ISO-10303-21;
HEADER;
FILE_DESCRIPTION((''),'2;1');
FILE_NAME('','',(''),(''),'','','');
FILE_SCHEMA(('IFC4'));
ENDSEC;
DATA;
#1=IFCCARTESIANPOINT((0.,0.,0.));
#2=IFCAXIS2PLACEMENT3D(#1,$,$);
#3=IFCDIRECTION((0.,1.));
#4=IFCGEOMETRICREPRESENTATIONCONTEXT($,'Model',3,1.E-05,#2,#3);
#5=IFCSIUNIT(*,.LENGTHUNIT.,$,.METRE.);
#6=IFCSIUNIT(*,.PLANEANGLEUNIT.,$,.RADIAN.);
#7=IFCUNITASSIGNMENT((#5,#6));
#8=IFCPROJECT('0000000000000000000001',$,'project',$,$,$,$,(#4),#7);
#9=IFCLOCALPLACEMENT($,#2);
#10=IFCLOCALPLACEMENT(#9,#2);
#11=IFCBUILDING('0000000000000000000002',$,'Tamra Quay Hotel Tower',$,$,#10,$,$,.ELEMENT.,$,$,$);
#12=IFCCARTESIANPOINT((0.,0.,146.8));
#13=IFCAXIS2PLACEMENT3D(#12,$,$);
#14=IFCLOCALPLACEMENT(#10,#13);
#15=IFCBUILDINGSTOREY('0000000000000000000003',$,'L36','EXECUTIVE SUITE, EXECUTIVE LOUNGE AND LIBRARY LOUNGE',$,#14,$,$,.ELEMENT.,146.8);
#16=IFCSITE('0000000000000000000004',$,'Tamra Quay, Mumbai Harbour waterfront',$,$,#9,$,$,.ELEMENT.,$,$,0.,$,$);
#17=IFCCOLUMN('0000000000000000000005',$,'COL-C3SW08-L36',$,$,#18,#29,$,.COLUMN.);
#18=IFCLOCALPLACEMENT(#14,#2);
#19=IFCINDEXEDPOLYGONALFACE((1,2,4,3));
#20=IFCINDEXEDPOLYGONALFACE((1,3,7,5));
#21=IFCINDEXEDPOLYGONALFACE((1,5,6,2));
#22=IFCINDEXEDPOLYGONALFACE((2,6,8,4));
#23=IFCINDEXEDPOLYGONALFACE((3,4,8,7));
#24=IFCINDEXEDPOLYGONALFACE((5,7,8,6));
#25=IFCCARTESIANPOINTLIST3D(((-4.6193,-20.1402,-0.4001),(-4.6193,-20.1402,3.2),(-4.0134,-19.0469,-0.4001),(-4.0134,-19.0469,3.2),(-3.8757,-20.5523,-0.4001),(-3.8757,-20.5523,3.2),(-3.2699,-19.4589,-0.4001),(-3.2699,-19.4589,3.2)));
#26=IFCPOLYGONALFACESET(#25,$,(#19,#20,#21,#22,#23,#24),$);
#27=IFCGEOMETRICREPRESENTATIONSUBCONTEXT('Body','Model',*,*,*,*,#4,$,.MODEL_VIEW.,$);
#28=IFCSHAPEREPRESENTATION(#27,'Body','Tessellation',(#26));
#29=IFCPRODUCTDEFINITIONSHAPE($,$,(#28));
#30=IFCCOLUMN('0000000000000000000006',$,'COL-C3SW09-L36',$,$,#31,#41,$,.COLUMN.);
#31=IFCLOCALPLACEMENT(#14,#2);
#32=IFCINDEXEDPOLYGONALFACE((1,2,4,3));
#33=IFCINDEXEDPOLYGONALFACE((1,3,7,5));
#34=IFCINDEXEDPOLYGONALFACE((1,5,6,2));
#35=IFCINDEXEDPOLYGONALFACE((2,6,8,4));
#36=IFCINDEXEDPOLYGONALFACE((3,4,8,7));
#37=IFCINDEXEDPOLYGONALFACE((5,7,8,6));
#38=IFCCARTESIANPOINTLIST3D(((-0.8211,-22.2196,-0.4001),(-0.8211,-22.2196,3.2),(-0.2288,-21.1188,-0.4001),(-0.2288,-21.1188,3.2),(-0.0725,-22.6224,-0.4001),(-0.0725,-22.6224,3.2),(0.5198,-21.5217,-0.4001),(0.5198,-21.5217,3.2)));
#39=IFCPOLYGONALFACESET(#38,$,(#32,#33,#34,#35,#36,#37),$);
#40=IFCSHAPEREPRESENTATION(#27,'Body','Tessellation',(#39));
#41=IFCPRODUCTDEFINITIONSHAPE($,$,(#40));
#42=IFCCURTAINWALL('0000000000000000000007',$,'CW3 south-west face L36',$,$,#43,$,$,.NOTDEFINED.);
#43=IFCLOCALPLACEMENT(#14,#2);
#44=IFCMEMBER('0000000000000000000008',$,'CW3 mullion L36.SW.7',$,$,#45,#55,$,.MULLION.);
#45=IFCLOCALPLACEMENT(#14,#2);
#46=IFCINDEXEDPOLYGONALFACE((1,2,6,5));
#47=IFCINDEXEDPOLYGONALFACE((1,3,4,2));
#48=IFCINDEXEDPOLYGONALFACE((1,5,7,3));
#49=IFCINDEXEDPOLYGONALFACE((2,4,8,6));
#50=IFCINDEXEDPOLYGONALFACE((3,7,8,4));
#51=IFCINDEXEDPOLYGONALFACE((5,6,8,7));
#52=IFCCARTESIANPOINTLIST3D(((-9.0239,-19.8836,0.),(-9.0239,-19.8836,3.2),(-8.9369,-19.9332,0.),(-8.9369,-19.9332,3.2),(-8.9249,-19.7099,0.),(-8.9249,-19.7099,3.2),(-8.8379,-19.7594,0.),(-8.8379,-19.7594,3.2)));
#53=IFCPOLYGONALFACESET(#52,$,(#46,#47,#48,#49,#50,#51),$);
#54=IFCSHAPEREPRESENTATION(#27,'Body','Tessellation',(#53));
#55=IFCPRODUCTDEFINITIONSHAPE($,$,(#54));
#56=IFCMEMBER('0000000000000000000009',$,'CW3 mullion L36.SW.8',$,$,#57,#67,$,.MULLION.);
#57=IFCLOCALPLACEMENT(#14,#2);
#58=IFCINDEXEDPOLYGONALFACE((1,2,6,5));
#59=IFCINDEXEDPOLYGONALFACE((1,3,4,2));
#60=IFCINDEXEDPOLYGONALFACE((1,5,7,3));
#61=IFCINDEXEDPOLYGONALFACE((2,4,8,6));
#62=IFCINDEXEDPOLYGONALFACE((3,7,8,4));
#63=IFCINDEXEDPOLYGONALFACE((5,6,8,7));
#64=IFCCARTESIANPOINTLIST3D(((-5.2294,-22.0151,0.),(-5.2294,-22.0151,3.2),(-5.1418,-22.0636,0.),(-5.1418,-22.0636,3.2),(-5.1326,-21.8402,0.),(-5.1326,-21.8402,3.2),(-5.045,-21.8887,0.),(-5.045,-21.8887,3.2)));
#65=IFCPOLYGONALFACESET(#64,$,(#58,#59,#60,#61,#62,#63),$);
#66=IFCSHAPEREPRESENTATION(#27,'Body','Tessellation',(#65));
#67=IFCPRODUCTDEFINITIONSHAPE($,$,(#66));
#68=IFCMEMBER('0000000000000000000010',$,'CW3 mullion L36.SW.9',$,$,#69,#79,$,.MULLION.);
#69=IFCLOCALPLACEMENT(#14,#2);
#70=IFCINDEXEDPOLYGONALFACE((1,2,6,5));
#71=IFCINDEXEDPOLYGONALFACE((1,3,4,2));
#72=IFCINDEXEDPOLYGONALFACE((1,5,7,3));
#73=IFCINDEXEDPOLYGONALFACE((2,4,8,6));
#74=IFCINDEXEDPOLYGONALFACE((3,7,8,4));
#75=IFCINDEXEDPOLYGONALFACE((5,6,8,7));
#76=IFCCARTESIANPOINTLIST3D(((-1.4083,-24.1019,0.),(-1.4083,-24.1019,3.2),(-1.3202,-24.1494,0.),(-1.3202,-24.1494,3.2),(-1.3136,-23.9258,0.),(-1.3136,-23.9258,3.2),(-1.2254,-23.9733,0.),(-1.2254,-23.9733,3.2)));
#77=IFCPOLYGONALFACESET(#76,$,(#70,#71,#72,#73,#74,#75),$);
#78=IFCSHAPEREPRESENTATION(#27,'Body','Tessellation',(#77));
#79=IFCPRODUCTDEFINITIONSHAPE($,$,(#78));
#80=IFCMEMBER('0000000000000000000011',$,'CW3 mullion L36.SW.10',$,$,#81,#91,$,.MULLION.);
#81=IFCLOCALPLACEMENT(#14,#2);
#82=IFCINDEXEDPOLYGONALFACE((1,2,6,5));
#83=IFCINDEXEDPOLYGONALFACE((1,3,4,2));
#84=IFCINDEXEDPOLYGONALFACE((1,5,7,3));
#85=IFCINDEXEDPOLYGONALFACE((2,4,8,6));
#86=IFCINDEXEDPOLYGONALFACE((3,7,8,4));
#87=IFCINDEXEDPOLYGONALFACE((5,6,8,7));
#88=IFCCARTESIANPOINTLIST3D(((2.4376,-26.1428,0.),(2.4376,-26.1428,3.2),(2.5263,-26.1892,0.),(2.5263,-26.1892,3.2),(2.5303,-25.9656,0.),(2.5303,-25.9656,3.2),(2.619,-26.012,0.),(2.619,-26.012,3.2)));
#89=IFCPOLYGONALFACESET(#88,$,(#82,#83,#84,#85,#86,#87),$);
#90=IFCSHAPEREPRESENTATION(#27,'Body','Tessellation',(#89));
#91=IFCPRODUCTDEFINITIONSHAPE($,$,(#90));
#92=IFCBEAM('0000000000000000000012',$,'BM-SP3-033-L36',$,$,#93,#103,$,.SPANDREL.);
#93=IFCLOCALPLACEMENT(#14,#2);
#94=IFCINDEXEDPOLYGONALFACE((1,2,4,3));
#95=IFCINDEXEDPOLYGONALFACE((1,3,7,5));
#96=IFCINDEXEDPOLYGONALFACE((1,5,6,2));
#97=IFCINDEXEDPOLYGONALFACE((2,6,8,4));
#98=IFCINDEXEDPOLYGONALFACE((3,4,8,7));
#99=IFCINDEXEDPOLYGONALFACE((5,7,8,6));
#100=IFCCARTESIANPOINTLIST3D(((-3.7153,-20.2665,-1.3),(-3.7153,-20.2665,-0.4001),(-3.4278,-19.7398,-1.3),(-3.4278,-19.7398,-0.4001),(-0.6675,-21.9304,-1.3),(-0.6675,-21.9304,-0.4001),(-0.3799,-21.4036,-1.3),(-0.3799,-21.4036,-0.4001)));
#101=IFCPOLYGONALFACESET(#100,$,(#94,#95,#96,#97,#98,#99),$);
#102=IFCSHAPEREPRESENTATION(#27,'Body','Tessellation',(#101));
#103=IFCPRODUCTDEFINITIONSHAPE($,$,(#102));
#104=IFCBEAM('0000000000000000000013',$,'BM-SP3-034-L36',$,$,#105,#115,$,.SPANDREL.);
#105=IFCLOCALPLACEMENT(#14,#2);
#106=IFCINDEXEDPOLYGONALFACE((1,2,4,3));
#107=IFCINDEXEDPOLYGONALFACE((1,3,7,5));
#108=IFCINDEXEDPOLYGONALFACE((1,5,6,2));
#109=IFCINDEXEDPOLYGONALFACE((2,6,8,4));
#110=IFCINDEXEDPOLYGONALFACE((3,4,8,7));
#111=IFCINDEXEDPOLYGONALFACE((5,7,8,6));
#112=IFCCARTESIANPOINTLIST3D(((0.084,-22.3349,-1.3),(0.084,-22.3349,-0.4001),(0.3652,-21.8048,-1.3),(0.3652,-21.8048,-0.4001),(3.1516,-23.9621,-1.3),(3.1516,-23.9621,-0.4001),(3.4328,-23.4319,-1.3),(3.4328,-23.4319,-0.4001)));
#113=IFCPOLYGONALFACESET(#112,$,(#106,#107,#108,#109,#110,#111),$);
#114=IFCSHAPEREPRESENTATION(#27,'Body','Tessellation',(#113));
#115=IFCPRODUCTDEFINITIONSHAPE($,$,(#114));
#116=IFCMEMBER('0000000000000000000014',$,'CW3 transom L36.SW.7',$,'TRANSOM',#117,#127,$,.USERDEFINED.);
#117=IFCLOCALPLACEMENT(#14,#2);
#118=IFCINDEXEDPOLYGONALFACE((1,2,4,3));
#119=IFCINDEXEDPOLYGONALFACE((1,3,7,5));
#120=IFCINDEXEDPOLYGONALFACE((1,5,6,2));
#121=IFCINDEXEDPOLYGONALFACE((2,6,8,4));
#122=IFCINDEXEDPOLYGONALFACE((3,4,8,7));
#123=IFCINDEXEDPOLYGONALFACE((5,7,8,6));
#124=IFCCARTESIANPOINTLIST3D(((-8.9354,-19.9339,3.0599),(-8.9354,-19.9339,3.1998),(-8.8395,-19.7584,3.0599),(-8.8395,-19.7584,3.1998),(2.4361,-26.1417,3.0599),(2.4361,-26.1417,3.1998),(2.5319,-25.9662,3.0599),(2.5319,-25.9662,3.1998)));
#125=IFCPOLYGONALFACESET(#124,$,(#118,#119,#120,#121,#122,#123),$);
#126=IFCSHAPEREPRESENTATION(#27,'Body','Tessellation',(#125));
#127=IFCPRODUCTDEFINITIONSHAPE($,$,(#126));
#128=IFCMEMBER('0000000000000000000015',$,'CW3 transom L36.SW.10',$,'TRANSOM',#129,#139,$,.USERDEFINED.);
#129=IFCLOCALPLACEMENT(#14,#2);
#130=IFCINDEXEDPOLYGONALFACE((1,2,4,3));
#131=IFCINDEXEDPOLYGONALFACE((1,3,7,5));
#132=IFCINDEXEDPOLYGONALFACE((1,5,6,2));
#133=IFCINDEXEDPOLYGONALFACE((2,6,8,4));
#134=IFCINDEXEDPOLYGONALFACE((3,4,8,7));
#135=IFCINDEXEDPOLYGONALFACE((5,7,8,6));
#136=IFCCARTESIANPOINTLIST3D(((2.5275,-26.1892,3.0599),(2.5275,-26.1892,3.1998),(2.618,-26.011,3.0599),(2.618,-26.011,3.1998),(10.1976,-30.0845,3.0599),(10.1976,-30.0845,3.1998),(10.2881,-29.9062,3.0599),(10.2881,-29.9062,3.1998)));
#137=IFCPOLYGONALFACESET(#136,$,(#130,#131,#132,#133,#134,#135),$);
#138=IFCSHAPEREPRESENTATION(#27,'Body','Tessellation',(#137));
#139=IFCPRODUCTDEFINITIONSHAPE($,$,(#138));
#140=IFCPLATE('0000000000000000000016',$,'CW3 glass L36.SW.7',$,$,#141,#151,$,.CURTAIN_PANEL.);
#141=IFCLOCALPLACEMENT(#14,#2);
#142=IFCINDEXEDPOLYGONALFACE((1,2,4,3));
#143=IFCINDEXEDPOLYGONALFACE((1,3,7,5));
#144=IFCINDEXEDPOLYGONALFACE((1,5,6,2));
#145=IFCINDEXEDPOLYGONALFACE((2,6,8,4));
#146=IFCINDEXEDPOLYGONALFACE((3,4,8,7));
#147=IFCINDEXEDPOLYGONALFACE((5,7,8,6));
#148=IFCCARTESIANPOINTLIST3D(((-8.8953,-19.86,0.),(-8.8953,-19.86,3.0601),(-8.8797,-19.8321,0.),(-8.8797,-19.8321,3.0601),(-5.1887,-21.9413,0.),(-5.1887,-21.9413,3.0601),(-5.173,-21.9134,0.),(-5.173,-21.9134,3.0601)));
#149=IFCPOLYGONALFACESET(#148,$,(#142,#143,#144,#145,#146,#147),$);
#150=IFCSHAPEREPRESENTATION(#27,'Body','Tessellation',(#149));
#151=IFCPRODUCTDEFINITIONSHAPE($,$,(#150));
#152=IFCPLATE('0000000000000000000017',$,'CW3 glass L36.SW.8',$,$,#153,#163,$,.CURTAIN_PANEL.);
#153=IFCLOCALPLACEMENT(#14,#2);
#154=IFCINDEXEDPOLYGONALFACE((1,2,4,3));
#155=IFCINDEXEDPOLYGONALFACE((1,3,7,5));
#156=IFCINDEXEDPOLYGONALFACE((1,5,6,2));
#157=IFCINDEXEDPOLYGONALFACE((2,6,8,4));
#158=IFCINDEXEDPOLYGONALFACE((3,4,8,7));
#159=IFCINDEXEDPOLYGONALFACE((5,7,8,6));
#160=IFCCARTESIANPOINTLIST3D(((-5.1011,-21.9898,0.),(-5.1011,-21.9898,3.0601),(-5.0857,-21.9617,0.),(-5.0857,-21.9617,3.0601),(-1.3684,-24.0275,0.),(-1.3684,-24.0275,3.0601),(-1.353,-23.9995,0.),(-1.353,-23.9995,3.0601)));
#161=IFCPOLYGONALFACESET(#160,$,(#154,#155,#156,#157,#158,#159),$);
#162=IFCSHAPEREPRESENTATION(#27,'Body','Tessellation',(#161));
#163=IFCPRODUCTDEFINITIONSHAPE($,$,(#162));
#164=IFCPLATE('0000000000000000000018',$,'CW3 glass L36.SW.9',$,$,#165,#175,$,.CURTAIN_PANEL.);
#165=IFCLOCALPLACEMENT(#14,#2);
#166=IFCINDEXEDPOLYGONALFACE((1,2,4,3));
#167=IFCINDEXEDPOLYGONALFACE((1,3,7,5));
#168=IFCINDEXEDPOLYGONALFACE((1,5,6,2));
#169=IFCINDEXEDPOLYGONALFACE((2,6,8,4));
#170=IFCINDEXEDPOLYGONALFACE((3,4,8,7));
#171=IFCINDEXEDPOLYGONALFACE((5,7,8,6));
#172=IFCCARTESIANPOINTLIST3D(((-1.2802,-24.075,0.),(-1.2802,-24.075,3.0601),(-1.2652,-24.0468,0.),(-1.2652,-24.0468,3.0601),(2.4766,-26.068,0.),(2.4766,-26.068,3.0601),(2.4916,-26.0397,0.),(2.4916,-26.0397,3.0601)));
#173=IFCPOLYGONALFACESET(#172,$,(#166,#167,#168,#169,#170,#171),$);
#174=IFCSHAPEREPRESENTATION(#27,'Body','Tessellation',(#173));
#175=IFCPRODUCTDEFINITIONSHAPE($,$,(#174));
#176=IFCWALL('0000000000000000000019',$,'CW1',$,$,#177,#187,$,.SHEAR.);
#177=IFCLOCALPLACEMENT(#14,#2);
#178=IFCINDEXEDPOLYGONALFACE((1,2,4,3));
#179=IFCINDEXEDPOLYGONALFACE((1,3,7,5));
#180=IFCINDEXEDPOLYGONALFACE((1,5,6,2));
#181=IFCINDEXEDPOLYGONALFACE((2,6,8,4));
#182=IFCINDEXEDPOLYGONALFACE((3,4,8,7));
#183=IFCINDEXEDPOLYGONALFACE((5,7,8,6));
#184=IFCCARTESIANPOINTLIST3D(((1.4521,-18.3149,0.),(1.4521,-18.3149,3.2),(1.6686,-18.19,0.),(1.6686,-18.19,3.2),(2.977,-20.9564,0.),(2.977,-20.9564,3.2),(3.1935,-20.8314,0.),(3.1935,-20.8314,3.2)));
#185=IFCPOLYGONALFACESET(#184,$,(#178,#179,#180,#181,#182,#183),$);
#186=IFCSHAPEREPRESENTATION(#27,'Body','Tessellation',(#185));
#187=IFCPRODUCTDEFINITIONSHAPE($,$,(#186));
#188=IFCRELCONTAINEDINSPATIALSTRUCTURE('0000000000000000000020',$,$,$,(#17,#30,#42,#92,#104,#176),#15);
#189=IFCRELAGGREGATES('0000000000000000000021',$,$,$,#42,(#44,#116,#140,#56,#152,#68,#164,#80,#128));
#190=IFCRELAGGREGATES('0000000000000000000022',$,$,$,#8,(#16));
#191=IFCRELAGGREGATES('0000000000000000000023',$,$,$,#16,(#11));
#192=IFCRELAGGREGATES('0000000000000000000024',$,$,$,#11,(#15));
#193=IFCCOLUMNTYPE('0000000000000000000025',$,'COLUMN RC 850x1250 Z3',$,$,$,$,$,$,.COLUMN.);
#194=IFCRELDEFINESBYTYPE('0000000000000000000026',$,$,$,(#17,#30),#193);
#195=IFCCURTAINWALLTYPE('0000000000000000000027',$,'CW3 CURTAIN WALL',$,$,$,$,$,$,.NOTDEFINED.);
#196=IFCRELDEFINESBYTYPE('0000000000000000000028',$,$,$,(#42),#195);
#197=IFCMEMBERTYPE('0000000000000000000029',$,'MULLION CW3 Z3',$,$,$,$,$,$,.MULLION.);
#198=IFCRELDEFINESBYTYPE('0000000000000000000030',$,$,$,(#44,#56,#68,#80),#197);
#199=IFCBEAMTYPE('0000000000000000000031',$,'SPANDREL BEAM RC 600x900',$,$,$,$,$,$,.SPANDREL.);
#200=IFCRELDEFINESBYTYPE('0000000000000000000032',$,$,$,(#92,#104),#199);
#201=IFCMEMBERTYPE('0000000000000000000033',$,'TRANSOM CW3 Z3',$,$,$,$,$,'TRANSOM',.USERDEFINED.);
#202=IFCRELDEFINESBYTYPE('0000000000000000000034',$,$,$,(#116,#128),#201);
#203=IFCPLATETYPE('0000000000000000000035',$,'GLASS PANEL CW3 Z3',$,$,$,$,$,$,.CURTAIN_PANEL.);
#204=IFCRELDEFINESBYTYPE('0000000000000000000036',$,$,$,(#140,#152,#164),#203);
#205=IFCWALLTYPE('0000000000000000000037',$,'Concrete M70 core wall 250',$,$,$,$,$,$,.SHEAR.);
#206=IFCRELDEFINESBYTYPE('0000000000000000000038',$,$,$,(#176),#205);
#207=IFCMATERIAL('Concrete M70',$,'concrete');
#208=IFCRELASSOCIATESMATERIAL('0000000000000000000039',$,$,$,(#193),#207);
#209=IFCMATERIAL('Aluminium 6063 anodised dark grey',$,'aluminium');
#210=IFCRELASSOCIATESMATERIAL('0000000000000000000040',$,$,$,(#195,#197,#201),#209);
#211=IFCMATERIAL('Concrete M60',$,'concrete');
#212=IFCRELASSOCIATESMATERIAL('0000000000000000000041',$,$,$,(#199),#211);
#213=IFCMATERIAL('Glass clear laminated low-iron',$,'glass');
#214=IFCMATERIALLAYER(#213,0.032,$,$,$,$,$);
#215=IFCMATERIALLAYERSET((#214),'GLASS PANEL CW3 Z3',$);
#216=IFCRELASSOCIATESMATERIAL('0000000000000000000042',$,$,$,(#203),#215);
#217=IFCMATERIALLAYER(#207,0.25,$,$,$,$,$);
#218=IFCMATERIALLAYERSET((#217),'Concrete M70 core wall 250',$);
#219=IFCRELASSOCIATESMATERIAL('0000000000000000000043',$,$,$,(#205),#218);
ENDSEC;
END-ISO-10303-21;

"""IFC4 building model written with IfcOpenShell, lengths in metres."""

from ifc_helpers import new_model, si_unit, direction, frame, frame_2d, origin, origin_2d, place, context, subcontext, project, spatial, rectangle, extrude, material, layer, layer_set, material_profile, profile_set, type_object, element, aggregate, save


model = new_model("IFC4")

# Units and contexts
model_context = context("Model", 3, precision=1e-05, world=origin(), true_north=direction((0.0, 1.0)))
body_context = subcontext(model_context, "Body", "Model", "MODEL_VIEW")
ifc_project = project(units=[si_unit("LENGTHUNIT", "METRE"), si_unit("PLANEANGLEUNIT", "RADIAN")], contexts=[model_context])

# Site, building, storey
site_placement = place(None, origin())
site = spatial("IfcSite", under=ifc_project, at=site_placement, Name="Tamra Quay, Mumbai Harbour waterfront", CompositionType="ELEMENT", RefElevation=0.0)
building_placement = place(site_placement, origin())
building = spatial("IfcBuilding", under=site, at=building_placement, Name="Tamra Quay Hotel Tower", CompositionType="ELEMENT")
storey_placement = place(building_placement, frame((0.0, 0.0, 146.8)))
storey = spatial("IfcBuildingStorey", under=building, at=storey_placement, Name="L36", Description="EXECUTIVE SUITE, EXECUTIVE LOUNGE AND LIBRARY LOUNGE", CompositionType="ELEMENT", Elevation=146.8)

# Columns
ifc_material_1 = material(Name="Concrete M70", Category="concrete")
ifc_material_profile_1 = material_profile(ifc_material_1, rectangle(XDim=1.25, YDim=0.8501, at=origin_2d()), Name="COLUMN RC 850x1250 Z3")
ifc_profile_set_1 = profile_set([ifc_material_profile_1], Name="Concrete M70")
column_type = type_object("IfcColumnType", Name="COLUMN RC 850x1250 Z3", PredefinedType="COLUMN", material=ifc_profile_set_1)
for number, where, z_axis, x_axis, name in (
    (1, (-3.9446, -19.7996, -0.4001), (0.0, 0.0, 1.0), (0.484683, 0.87469, 0.0), "COL-C3SW08-L36"),
    (2, (-0.1506, -21.8706, -0.4001), (0.0, 0.0, 1.0), (0.473876, 0.880592, 0.0), "COL-C3SW09-L36"),
):
    element("IfcColumn", number, at=place(storey_placement, frame(where, z_axis=z_axis, x_axis=x_axis)), inside=storey, type_object=column_type, Name=name, PredefinedType="COLUMN", context=body_context, shape_type="SweptSolid", body=[
        extrude(rectangle(XDim=1.25, YDim=0.8501, at=origin_2d()), origin(), (0.0, 0.0, 1.0), 3.6001),
    ])

# Curtain wall, members
ifc_material_2 = material(Name="Aluminium 6063 anodised dark grey", Category="aluminium")
curtain_wall_type = type_object("IfcCurtainWallType", Name="CW3 CURTAIN WALL", PredefinedType="NOTDEFINED", material=ifc_material_2)
curtain_wall_placement = place(storey_placement, origin())
curtain_wall = element("IfcCurtainWall", 3, at=curtain_wall_placement, inside=storey, type_object=curtain_wall_type, Name="CW3 south-west face L36", PredefinedType="NOTDEFINED")
ifc_material_profile_2 = material_profile(ifc_material_2, rectangle(XDim=0.2, YDim=0.1001, at=origin_2d()), Name="MULLION 100X200")
ifc_profile_set_2 = profile_set([ifc_material_profile_2], Name="Aluminium 6063 anodised dark grey")
member_type_1 = type_object("IfcMemberType", Name="MULLION CW3 Z3", PredefinedType="MULLION", material=ifc_profile_set_2)
member_1_placement = place(storey_placement, frame((-8.9309, -19.8215, 0.0), z_axis=(0.0, 0.0, 1.0), x_axis=(-0.494813, -0.868999, 0.0)))
member_1 = element("IfcMember", 4, at=member_1_placement, type_object=member_type_1, Name="CW3 mullion L36.SW.7", PredefinedType="MULLION", context=body_context, shape_type="SweptSolid", body=[
    extrude(rectangle(XDim=0.2, YDim=0.1001, at=origin_2d()), origin(), (0.0, 0.0, 1.0), 3.2),
])
member_2_placement = place(storey_placement, frame((-5.1372, -21.9519, 0.0), z_axis=(0.0, 0.0, 1.0), x_axis=(-0.484395, -0.87485, 0.0)))
member_2 = element("IfcMember", 5, at=member_2_placement, type_object=member_type_1, Name="CW3 mullion L36.SW.8", PredefinedType="MULLION", context=body_context, shape_type="SweptSolid", body=[
    extrude(rectangle(XDim=0.2, YDim=0.1001, at=origin_2d()), origin(), (0.0, 0.0, 1.0), 3.2),
])
member_3_placement = place(storey_placement, frame((-1.3169, -24.0376, 0.0), z_axis=(0.0, 0.0, 1.0), x_axis=(-0.473908, -0.880575, 0.0)))
member_3 = element("IfcMember", 6, at=member_3_placement, type_object=member_type_1, Name="CW3 mullion L36.SW.9", PredefinedType="MULLION", context=body_context, shape_type="SweptSolid", body=[
    extrude(rectangle(XDim=0.2, YDim=0.1001, at=origin_2d()), origin(), (0.0, 0.0, 1.0), 3.2),
])
member_4_placement = place(storey_placement, frame((2.5283, -26.0774, 0.0), z_axis=(0.0, 0.0, 1.0), x_axis=(-0.463366, -0.886167, 0.0)))
member_4 = element("IfcMember", 7, at=member_4_placement, type_object=member_type_1, Name="CW3 mullion L36.SW.10", PredefinedType="MULLION", context=body_context, shape_type="SweptSolid", body=[
    extrude(rectangle(XDim=0.2, YDim=0.1001, at=origin_2d()), origin(), (0.0, 0.0, 1.0), 3.2),
])

# Beams
ifc_material_3 = material(Name="Concrete M60", Category="concrete")
ifc_material_profile_3 = material_profile(ifc_material_3, rectangle(XDim=0.6001, YDim=0.8999, at=origin_2d()), Name="SPANDREL BEAM RC 600x900")
ifc_profile_set_3 = profile_set([ifc_material_profile_3], Name="Concrete M60")
beam_type = type_object("IfcBeamType", Name="SPANDREL BEAM RC 600x900", PredefinedType="SPANDREL", material=ifc_profile_set_3)
for number, where, z_axis, x_axis, name in (
    (8, (-3.5715, -20.0032, -0.8501), (0.877732, -0.479153, 0.0), (0.479153, 0.877732, 0.0), "BM-SP3-033-L36"),
    (9, (0.2246, -22.0698, -0.8501), (0.883411, -0.468598, 0.0), (0.468598, 0.883411, 0.0), "BM-SP3-034-L36"),
):
    element("IfcBeam", number, at=place(storey_placement, frame(where, z_axis=z_axis, x_axis=x_axis)), inside=storey, type_object=beam_type, Name=name, PredefinedType="SPANDREL", context=body_context, shape_type="SweptSolid", body=[
        extrude(rectangle(XDim=0.6001, YDim=0.8999, at=origin_2d()), origin(), (0.0, 0.0, 1.0), 3.4724),
    ])

# Members
ifc_material_profile_4 = material_profile(ifc_material_2, rectangle(XDim=0.2, YDim=0.1399, at=origin_2d()), Name="TRANSOM 200X140")
ifc_profile_set_4 = profile_set([ifc_material_profile_4], Name="Aluminium 6063 anodised dark grey")
member_type_2 = type_object("IfcMemberType", Name="TRANSOM CW3 Z3", ElementType="TRANSOM", PredefinedType="USERDEFINED", material=ifc_profile_set_4)
member_5_placement = place(storey_placement, frame((-8.8875, -19.8462, 3.1299), z_axis=(0.877731, -0.479154, 0.0), x_axis=(0.479154, 0.877731, 0.0)))
member_5 = element("IfcMember", 10, at=member_5_placement, type_object=member_type_2, Name="CW3 transom L36.SW.7", ObjectType="TRANSOM", PredefinedType="USERDEFINED", context=body_context, shape_type="SweptSolid", body=[
    extrude(rectangle(XDim=0.2, YDim=0.1399, at=origin_2d()), origin(), (0.0, 0.0, 1.0), 12.9556),
])
member_6_placement = place(storey_placement, frame((2.5728, -26.1001, 3.1299), z_axis=(0.891611, -0.452801, 0.0), x_axis=(0.452801, 0.891611, 0.0)))
member_6 = element("IfcMember", 11, at=member_6_placement, type_object=member_type_2, Name="CW3 transom L36.SW.10", ObjectType="TRANSOM", PredefinedType="USERDEFINED", context=body_context, shape_type="SweptSolid", body=[
    extrude(rectangle(XDim=0.2, YDim=0.1399, at=origin_2d()), origin(), (0.0, 0.0, 1.0), 8.6025),
])

# Plates
ifc_material_4 = material(Name="Glass clear laminated low-iron", Category="glass")
ifc_layer_1 = layer(ifc_material_4, 0.032)
ifc_layer_set_1 = layer_set([ifc_layer_1], Name="GLASS PANEL CW3 Z3")
plate_type = type_object("IfcPlateType", Name="GLASS PANEL CW3 Z3", PredefinedType="CURTAIN_PANEL", material=ifc_layer_set_1)
plate_1_placement = place(storey_placement, frame((-7.0342, -20.8867, 0.0), z_axis=(0.0, 0.0, 1.0), x_axis=(0.871942, -0.489609, 0.0)))
plate_1 = element("IfcPlate", 12, at=plate_1_placement, type_object=plate_type, Name="CW3 glass L36.SW.7", PredefinedType="CURTAIN_PANEL", context=body_context, shape_type="SweptSolid", body=[
    extrude(rectangle(XDim=4.251, YDim=0.032, at=origin_2d()), origin(), (0.0, 0.0, 1.0), 3.0601),
])
plate_2_placement = place(storey_placement, frame((-3.2271, -22.9946, 0.0), z_axis=(0.0, 0.0, 1.0), x_axis=(0.877726, -0.479163, 0.0)))
plate_2 = element("IfcPlate", 13, at=plate_2_placement, type_object=plate_type, Name="CW3 glass L36.SW.8", PredefinedType="CURTAIN_PANEL", context=body_context, shape_type="SweptSolid", body=[
    extrude(rectangle(XDim=4.2527, YDim=0.032, at=origin_2d()), origin(), (0.0, 0.0, 1.0), 3.0601),
])
plate_3_placement = place(storey_placement, frame((0.6057, -25.0574, 0.0), z_axis=(0.0, 0.0, 1.0), x_axis=(0.883392, -0.468636, 0.0)))
plate_3 = element("IfcPlate", 14, at=plate_3_placement, type_object=plate_type, Name="CW3 glass L36.SW.9", PredefinedType="CURTAIN_PANEL", context=body_context, shape_type="SweptSolid", body=[
    extrude(rectangle(XDim=4.2527, YDim=0.032, at=origin_2d()), origin(), (0.0, 0.0, 1.0), 3.0601),
])
aggregate(curtain_wall, [member_1, member_5, plate_1, member_2, plate_2, member_3, plate_3, member_4, member_6])

# Wall
ifc_layer_2 = layer(ifc_material_1, 0.25)
ifc_layer_set_2 = layer_set([ifc_layer_2], Name="Concrete M70 core wall 250")
wall_type_1 = type_object("IfcWallType", Name="Concrete M70 core wall 250", PredefinedType="SHEAR", material=ifc_layer_set_2)
wall_1_placement = place(storey_placement, frame((3.0852, -20.8938, 0.0), z_axis=(0.0, 0.0, 1.0), x_axis=(-0.499979, 0.866038, 0.0)))
element("IfcWall", 15, at=wall_1_placement, inside=storey, type_object=wall_type_1, Name="CW1", PredefinedType="SHEAR", context=body_context, shape_type="SweptSolid", body=[
    extrude(rectangle(XDim=3.05, YDim=0.25, at=frame_2d((1.5249, 0.0))), origin(), (0.0, 0.0, 1.0), 3.2),
])

save(model, "model.ifc")
